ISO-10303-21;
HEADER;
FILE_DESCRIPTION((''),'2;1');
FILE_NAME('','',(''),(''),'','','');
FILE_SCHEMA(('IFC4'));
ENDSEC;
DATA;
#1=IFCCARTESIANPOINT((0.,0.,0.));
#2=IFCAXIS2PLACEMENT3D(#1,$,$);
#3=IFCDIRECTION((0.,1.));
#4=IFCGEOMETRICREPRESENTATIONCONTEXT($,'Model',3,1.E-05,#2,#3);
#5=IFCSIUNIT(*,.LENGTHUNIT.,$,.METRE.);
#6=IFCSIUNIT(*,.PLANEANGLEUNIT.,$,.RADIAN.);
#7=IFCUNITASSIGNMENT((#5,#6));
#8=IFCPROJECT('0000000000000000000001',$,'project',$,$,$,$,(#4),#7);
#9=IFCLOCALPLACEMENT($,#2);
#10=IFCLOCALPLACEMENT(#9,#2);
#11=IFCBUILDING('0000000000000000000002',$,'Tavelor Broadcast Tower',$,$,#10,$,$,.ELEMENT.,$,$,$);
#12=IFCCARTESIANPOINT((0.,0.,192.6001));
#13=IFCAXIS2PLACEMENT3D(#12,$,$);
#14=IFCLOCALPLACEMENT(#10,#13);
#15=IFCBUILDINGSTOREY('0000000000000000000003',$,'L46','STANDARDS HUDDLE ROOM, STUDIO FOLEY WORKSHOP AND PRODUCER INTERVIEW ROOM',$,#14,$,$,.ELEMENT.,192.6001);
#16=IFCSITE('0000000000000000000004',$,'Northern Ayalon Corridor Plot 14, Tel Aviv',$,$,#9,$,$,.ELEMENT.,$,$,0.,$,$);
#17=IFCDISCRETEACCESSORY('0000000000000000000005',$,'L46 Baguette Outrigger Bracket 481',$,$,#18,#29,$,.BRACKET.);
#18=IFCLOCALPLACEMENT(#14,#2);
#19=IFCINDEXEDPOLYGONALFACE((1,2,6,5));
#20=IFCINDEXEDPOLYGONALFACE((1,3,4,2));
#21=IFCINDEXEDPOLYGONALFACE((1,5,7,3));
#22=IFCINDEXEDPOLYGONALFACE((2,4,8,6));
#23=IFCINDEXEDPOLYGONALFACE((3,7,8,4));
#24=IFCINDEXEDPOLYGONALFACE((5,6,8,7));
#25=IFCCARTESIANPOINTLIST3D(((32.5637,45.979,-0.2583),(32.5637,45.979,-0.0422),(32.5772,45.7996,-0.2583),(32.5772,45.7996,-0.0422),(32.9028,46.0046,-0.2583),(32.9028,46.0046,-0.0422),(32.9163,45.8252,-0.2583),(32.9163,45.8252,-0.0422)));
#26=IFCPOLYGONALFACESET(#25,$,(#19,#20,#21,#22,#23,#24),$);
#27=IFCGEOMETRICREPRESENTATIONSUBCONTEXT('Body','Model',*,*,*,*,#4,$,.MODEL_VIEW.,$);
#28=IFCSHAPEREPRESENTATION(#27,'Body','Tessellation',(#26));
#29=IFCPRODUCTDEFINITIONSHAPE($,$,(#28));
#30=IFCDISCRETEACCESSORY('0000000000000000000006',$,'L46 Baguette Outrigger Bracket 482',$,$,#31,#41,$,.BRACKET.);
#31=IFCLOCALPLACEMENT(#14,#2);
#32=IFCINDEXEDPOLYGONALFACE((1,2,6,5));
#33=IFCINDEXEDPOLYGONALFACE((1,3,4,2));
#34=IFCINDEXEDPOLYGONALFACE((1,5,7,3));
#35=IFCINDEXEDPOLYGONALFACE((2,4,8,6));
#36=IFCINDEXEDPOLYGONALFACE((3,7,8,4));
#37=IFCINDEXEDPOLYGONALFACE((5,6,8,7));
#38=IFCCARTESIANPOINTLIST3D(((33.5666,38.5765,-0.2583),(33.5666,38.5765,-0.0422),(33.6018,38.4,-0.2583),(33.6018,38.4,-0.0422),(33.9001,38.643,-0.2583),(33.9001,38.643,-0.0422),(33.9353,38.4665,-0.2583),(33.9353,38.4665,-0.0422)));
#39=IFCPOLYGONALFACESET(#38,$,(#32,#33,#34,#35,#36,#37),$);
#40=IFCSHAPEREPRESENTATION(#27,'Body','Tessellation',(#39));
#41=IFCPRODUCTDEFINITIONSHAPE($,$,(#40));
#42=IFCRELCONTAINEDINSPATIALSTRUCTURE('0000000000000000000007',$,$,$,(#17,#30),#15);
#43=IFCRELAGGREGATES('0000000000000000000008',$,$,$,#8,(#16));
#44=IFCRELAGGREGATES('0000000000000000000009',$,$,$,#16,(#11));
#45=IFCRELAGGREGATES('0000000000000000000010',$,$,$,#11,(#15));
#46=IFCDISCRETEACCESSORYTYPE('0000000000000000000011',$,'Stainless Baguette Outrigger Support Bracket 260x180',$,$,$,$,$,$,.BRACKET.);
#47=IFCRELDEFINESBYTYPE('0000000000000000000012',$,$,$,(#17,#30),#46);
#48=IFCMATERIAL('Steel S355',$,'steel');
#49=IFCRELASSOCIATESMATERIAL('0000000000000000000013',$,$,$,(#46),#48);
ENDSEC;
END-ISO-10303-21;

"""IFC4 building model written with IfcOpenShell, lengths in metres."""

from ifc_helpers import new_model, si_unit, direction, frame, origin, origin_2d, place, context, subcontext, project, spatial, rectangle, extrude, source, transform, mapped, material, type_object, type_shapes, element, save


model = new_model("IFC4")

# Units and contexts
model_context = context("Model", 3, precision=1e-05, world=origin(), true_north=direction((0.0, 1.0)))
body_context = subcontext(model_context, "Body", "Model", "MODEL_VIEW")
ifc_project = project(units=[si_unit("LENGTHUNIT", "METRE"), si_unit("PLANEANGLEUNIT", "RADIAN")], contexts=[model_context])

# Site, building, storey
site_placement = place(None, origin())
site = spatial("IfcSite", under=ifc_project, at=site_placement, Name="Northern Ayalon Corridor Plot 14, Tel Aviv", CompositionType="ELEMENT", RefElevation=0.0)
building_placement = place(site_placement, origin())
building = spatial("IfcBuilding", under=site, at=building_placement, Name="Tavelor Broadcast Tower", CompositionType="ELEMENT")
storey_placement = place(building_placement, frame((0.0, 0.0, 192.6001)))
storey = spatial("IfcBuildingStorey", under=building, at=storey_placement, Name="L46", Description="STANDARDS HUDDLE ROOM, STUDIO FOLEY WORKSHOP AND PRODUCER INTERVIEW ROOM", CompositionType="ELEMENT", Elevation=192.6001)

# Shared definitions
ifc_material_1 = material(Name="Steel S355", Category="steel")

# Discrete accessories
discrete_accessory_type = type_object("IfcDiscreteAccessoryType", Name="Stainless Baguette Outrigger Support Bracket 260x180", PredefinedType="BRACKET", material=ifc_material_1)
shared_shape_1 = source(origin(), body_context, "Body", "SweptSolid", [
    extrude(rectangle(XDim=0.1799, YDim=0.3401, at=origin_2d()), origin(), (0.0, 0.0, 1.0), 0.2161),
])
type_shapes(discrete_accessory_type, [shared_shape_1])
for number, where, z_axis, x_axis, name in (
    (1, (32.74, 45.9021, -0.2583), (0.0, 0.0, 1.0), (0.075327, -0.997159, 0.0), "L46 Baguette Outrigger Bracket 481"),
    (2, (33.751, 38.5215, -0.2583), (0.0, 0.0, 1.0), (0.195604, -0.980683, 0.0), "L46 Baguette Outrigger Bracket 482"),
):
    element("IfcDiscreteAccessory", number, at=place(storey_placement, frame(where, z_axis=z_axis, x_axis=x_axis)), inside=storey, type_object=discrete_accessory_type, Name=name, PredefinedType="BRACKET", context=body_context, shape_type="MappedRepresentation", body=[
        mapped(shared_shape_1, transform((0.0, 0.0, 0.0), scale=1.0)),
    ])

save(model, "model.ifc")
